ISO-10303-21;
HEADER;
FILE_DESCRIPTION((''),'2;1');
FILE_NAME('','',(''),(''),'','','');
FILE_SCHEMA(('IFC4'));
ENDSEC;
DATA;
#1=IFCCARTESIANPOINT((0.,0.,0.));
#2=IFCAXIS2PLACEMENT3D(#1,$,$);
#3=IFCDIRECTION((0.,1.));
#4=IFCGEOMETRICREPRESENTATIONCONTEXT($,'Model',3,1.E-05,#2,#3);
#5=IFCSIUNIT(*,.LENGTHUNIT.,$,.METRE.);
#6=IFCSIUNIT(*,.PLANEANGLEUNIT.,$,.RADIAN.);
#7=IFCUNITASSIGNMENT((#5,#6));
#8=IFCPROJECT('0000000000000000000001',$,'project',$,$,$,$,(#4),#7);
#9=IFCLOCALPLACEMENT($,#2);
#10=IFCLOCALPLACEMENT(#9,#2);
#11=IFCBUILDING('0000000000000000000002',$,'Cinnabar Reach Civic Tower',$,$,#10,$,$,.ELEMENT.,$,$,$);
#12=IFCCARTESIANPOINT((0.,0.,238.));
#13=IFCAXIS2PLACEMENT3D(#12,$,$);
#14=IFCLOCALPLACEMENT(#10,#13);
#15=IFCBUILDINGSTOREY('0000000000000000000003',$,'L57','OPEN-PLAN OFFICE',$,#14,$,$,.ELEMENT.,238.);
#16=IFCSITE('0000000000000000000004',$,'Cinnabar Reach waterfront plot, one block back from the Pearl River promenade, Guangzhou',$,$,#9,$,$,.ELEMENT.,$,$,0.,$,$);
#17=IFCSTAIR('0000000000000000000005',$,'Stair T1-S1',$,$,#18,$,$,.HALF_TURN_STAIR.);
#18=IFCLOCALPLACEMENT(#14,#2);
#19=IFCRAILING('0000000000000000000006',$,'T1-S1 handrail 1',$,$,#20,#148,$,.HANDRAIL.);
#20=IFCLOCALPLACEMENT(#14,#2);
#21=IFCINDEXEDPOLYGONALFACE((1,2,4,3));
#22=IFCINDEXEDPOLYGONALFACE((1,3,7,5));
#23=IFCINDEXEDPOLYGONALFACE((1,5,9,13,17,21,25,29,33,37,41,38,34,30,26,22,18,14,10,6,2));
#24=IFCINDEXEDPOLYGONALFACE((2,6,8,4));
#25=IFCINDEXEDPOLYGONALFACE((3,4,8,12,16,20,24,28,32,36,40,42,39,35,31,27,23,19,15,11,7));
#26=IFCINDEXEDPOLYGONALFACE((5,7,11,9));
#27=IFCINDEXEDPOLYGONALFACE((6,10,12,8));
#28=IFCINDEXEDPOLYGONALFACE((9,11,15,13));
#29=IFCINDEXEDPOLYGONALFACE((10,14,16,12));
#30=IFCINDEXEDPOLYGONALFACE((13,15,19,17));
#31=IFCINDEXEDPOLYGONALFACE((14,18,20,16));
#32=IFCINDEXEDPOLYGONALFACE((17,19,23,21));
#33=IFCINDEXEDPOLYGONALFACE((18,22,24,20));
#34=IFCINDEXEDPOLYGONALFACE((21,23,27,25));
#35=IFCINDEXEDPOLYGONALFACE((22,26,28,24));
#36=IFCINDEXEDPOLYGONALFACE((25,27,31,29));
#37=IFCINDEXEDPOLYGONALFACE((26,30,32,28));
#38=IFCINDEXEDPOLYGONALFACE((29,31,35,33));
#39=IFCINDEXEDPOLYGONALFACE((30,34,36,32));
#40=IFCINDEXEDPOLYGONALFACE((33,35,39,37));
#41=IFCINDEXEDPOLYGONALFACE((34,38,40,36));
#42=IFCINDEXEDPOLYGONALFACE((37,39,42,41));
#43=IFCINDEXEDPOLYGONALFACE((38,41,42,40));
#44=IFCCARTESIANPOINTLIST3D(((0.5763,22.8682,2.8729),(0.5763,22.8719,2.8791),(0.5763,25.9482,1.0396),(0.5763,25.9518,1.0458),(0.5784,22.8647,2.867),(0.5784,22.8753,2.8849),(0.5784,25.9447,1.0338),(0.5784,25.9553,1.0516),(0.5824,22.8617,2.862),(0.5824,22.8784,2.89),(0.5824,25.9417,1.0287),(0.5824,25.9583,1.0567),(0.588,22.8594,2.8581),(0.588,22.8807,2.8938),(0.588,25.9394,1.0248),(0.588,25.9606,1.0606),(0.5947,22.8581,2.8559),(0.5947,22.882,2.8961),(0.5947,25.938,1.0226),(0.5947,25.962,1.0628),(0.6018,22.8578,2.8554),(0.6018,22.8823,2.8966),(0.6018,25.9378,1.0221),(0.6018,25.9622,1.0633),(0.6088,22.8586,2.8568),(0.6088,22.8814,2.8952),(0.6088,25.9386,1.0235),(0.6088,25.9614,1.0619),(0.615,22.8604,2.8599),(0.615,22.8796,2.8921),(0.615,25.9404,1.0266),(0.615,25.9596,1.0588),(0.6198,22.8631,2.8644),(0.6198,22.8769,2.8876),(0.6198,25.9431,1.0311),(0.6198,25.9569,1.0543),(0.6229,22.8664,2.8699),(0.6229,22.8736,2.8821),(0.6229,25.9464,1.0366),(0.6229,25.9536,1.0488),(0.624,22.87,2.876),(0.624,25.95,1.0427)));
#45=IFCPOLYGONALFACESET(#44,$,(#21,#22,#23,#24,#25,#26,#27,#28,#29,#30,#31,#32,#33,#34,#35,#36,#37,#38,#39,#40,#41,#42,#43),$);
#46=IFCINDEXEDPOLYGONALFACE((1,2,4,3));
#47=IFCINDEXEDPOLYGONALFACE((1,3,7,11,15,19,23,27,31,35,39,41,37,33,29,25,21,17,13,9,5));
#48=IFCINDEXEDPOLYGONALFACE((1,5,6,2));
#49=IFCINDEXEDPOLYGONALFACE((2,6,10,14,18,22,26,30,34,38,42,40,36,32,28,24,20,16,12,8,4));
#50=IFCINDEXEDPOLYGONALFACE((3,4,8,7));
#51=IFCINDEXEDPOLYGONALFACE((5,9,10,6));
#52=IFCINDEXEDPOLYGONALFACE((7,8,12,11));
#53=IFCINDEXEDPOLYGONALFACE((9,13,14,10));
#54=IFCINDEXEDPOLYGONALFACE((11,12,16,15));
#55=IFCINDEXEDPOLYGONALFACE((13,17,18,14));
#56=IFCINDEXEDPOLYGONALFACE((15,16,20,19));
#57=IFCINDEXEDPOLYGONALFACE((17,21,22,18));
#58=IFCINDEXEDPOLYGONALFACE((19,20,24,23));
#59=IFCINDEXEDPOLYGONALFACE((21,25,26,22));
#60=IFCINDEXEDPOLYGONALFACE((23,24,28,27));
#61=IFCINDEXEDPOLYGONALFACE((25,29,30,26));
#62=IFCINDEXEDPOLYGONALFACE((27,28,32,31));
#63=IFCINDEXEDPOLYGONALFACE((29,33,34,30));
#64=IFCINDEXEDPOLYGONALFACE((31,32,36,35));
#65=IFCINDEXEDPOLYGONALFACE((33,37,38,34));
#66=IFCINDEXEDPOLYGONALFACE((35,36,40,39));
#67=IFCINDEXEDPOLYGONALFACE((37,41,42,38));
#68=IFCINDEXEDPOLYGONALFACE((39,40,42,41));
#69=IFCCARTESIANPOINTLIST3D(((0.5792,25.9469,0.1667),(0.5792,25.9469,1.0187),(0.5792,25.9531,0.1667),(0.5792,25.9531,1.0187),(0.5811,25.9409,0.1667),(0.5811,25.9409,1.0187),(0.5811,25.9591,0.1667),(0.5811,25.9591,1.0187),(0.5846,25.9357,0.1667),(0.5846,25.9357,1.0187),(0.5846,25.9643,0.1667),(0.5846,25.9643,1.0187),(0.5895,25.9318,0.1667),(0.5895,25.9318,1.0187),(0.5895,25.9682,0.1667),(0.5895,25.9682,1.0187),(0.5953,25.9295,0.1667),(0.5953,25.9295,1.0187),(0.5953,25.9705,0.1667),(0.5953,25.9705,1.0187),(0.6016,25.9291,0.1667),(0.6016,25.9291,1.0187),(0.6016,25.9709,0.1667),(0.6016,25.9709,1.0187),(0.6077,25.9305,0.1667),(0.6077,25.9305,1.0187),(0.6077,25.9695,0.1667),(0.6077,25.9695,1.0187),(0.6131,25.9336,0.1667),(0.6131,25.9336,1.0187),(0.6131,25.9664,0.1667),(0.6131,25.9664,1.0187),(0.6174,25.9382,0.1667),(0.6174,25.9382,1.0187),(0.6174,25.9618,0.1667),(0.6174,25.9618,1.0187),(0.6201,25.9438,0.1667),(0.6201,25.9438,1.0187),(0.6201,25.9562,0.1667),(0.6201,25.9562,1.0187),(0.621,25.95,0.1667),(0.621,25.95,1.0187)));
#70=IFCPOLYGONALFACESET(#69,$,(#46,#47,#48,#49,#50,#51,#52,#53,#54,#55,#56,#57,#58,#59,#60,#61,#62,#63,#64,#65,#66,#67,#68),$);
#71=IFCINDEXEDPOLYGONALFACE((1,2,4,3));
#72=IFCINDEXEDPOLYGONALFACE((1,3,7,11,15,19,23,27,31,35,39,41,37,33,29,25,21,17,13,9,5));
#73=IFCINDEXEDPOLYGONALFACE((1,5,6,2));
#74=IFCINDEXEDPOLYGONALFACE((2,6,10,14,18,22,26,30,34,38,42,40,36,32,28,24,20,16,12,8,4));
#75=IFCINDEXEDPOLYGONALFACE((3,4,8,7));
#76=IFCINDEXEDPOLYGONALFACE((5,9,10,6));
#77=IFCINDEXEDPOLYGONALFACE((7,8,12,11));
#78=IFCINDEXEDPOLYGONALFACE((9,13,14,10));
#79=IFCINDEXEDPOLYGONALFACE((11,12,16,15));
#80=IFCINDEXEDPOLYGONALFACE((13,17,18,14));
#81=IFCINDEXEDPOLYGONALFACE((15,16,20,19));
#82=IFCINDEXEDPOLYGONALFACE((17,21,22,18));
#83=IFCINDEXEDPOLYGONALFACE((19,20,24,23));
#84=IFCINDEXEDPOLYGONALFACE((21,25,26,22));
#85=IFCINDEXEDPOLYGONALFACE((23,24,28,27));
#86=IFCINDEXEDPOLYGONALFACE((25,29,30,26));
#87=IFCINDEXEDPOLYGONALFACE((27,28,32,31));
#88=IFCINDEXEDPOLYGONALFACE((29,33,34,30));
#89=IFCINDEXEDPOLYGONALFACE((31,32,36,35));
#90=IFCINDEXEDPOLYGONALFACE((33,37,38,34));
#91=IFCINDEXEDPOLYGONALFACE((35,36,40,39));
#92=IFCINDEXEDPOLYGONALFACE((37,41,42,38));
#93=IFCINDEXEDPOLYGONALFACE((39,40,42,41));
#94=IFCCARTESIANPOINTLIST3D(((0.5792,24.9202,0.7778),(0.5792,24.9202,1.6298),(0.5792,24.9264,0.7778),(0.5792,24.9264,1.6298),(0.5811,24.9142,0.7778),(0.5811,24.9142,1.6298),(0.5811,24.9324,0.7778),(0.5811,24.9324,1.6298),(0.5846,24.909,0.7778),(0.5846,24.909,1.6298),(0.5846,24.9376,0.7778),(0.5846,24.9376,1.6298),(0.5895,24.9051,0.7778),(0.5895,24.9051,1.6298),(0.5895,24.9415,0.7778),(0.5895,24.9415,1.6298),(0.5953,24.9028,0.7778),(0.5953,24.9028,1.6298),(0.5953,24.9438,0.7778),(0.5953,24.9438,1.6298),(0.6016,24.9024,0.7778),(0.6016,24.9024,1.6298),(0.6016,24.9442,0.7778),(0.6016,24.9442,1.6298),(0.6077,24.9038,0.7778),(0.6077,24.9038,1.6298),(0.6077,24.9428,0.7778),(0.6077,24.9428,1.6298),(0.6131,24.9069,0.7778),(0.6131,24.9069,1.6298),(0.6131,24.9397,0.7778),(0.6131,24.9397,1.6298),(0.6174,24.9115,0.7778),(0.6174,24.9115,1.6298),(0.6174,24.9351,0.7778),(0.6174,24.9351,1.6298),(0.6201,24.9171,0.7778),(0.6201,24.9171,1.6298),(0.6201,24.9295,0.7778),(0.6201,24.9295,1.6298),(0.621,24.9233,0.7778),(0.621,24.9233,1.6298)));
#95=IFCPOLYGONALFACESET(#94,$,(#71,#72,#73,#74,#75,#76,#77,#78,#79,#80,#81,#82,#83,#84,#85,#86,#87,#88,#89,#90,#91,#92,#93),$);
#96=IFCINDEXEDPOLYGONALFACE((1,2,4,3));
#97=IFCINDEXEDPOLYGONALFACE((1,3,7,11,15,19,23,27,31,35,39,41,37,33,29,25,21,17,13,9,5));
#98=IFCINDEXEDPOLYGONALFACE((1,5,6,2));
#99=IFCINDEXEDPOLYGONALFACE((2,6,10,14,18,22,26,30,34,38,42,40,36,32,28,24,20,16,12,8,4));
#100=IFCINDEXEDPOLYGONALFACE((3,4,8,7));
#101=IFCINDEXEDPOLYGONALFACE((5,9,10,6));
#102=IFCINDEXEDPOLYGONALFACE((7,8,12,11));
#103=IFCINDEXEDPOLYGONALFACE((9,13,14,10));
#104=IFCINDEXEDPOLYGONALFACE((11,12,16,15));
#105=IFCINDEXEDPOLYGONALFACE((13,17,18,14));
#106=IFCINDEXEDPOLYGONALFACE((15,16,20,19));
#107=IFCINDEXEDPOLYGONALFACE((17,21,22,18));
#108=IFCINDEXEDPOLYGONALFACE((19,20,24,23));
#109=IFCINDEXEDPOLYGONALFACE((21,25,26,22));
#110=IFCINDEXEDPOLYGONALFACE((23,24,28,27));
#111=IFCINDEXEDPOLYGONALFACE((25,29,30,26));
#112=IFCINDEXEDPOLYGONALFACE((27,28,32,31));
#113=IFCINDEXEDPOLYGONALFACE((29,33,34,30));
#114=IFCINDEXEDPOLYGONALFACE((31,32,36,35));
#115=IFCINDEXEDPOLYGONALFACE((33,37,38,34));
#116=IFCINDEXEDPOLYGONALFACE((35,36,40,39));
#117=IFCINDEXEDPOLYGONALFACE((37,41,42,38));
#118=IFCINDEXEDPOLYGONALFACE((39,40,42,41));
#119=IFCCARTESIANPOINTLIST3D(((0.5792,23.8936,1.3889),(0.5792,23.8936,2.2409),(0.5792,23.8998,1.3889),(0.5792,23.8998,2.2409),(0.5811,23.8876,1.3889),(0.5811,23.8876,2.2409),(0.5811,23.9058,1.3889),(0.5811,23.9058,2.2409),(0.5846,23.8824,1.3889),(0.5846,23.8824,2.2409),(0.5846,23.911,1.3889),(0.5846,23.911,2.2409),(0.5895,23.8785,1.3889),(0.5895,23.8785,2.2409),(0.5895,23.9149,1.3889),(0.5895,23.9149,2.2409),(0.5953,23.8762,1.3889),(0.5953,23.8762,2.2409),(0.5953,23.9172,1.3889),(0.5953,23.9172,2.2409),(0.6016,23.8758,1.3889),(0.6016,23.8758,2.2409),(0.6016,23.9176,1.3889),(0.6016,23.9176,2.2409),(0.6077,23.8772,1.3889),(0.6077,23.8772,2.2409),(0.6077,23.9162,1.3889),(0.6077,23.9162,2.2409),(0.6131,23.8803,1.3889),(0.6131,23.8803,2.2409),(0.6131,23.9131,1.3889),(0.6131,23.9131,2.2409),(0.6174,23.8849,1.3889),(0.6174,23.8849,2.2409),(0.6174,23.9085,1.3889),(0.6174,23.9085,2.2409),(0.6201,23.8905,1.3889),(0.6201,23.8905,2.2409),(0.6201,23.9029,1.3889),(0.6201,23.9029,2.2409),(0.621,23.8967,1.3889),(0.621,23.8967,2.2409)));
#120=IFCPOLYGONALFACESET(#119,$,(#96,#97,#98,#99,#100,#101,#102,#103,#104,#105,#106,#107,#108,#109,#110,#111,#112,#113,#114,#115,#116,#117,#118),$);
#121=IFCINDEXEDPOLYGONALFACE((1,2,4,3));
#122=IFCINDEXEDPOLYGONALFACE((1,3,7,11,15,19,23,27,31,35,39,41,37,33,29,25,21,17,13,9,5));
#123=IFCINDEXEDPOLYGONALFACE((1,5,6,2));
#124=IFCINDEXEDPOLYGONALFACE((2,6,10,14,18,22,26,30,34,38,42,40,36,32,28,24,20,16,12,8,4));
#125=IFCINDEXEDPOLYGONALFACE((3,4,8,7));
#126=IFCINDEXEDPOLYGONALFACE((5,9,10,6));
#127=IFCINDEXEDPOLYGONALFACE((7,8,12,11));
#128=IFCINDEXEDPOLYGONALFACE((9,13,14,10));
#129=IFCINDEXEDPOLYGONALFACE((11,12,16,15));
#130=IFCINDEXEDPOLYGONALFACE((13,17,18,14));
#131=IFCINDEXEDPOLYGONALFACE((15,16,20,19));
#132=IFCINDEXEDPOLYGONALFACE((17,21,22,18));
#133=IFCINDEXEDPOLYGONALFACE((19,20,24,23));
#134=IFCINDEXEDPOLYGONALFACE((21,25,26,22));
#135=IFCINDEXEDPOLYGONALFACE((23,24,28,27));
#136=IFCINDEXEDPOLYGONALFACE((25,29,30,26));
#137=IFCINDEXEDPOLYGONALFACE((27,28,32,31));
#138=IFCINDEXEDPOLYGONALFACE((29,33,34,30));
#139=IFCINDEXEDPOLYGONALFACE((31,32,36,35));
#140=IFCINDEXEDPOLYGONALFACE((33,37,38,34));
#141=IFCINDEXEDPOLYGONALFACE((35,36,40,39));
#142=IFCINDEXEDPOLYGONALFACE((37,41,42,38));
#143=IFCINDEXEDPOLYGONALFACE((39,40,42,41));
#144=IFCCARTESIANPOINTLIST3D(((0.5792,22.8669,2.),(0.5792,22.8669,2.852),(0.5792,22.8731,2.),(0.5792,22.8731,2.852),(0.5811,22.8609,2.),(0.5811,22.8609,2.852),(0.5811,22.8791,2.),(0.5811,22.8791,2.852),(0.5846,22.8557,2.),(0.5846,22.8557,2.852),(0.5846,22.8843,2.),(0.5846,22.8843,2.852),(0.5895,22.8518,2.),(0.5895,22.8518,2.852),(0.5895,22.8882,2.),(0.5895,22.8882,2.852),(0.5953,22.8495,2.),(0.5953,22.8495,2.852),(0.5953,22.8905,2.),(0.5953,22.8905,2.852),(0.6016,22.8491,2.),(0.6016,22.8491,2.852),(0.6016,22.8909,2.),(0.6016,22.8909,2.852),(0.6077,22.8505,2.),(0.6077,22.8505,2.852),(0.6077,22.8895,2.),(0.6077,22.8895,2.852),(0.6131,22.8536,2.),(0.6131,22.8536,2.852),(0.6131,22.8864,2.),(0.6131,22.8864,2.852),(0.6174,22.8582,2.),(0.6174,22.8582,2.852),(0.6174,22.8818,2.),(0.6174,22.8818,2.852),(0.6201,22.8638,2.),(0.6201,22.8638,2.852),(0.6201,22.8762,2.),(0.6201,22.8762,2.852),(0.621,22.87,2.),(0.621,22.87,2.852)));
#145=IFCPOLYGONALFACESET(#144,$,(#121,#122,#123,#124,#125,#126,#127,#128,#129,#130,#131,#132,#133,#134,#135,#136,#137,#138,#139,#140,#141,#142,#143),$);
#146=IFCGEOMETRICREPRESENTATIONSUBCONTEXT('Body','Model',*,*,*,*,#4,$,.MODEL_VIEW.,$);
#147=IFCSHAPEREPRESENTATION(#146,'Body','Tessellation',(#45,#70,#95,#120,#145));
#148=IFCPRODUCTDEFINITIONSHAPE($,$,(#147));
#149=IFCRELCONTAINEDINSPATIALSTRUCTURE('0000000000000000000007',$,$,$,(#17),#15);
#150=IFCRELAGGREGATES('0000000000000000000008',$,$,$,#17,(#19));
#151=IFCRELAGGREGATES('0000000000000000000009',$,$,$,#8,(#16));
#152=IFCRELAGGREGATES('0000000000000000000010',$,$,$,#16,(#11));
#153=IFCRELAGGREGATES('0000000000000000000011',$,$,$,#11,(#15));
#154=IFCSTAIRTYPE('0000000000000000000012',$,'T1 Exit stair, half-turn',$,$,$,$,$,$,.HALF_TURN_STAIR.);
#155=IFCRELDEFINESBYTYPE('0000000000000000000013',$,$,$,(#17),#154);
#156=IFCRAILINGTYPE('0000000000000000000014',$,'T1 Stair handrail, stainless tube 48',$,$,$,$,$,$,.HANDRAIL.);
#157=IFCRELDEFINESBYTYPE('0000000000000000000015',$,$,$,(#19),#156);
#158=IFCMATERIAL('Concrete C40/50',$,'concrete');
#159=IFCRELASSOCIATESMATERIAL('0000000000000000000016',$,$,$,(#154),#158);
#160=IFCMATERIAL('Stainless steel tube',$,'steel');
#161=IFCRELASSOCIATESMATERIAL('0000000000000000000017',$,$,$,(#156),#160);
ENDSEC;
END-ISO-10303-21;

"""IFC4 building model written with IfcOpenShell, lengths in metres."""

from ifc_helpers import new_model, si_unit, direction, frame, origin, origin_2d, place, context, subcontext, project, spatial, circle, extrude, material, type_object, element, aggregate, save


model = new_model("IFC4")

# Units and contexts
model_context = context("Model", 3, precision=1e-05, world=origin(), true_north=direction((0.0, 1.0)))
body_context = subcontext(model_context, "Body", "Model", "MODEL_VIEW")
ifc_project = project(units=[si_unit("LENGTHUNIT", "METRE"), si_unit("PLANEANGLEUNIT", "RADIAN")], contexts=[model_context])

# Site, building, storey
site_placement = place(None, origin())
site = spatial("IfcSite", under=ifc_project, at=site_placement, Name="Cinnabar Reach waterfront plot, one block back from the Pearl River promenade, Guangzhou", CompositionType="ELEMENT", RefElevation=0.0)
building_placement = place(site_placement, origin())
building = spatial("IfcBuilding", under=site, at=building_placement, Name="Cinnabar Reach Civic Tower", CompositionType="ELEMENT")
storey_placement = place(building_placement, frame((0.0, 0.0, 238.0)))
storey = spatial("IfcBuildingStorey", under=building, at=storey_placement, Name="L57", Description="OPEN-PLAN OFFICE", CompositionType="ELEMENT", Elevation=238.0)

# Shared definitions
ifc_material_1 = material(Name="Concrete C40/50", Category="concrete")

# Stair, railing
stair_type = type_object("IfcStairType", Name="T1 Exit stair, half-turn", PredefinedType="HALF_TURN_STAIR", material=ifc_material_1)
stair_placement = place(storey_placement, origin())
stair = element("IfcStair", 1, at=stair_placement, inside=storey, type_object=stair_type, Name="Stair T1-S1", PredefinedType="HALF_TURN_STAIR")
ifc_material_2 = material(Name="Stainless steel tube", Category="steel")
railing_type = type_object("IfcRailingType", Name="T1 Stair handrail, stainless tube 48", PredefinedType="HANDRAIL", material=ifc_material_2)
railing_1_placement = place(storey_placement, frame((0.6, 25.95, 0.1667)))
railing_1 = element("IfcRailing", 2, at=railing_1_placement, type_object=railing_type, Name="T1-S1 handrail 1", PredefinedType="HANDRAIL", context=body_context, shape_type="SweptSolid", body=[
    extrude(circle(Radius=0.024, at=origin_2d()), frame((0.0, 0.0, 0.876), z_axis=(0.0, -0.859297, 0.511477), x_axis=(1.0, 0.0, 0.0)), (0.0, 0.0, 1.0), 3.5843),
    extrude(circle(Radius=0.021, at=origin_2d()), origin(), (0.0, 0.0, 1.0), 0.852),
    extrude(circle(Radius=0.021, at=origin_2d()), frame((0.0, -1.0267, 0.6111)), (0.0, 0.0, 1.0), 0.852),
    extrude(circle(Radius=0.021, at=origin_2d()), frame((0.0, -2.0533, 1.2222)), (0.0, 0.0, 1.0), 0.852),
    extrude(circle(Radius=0.021, at=origin_2d()), frame((0.0, -3.08, 1.8333)), (0.0, 0.0, 1.0), 0.852),
])
aggregate(stair, [railing_1])

save(model, "model.ifc")
